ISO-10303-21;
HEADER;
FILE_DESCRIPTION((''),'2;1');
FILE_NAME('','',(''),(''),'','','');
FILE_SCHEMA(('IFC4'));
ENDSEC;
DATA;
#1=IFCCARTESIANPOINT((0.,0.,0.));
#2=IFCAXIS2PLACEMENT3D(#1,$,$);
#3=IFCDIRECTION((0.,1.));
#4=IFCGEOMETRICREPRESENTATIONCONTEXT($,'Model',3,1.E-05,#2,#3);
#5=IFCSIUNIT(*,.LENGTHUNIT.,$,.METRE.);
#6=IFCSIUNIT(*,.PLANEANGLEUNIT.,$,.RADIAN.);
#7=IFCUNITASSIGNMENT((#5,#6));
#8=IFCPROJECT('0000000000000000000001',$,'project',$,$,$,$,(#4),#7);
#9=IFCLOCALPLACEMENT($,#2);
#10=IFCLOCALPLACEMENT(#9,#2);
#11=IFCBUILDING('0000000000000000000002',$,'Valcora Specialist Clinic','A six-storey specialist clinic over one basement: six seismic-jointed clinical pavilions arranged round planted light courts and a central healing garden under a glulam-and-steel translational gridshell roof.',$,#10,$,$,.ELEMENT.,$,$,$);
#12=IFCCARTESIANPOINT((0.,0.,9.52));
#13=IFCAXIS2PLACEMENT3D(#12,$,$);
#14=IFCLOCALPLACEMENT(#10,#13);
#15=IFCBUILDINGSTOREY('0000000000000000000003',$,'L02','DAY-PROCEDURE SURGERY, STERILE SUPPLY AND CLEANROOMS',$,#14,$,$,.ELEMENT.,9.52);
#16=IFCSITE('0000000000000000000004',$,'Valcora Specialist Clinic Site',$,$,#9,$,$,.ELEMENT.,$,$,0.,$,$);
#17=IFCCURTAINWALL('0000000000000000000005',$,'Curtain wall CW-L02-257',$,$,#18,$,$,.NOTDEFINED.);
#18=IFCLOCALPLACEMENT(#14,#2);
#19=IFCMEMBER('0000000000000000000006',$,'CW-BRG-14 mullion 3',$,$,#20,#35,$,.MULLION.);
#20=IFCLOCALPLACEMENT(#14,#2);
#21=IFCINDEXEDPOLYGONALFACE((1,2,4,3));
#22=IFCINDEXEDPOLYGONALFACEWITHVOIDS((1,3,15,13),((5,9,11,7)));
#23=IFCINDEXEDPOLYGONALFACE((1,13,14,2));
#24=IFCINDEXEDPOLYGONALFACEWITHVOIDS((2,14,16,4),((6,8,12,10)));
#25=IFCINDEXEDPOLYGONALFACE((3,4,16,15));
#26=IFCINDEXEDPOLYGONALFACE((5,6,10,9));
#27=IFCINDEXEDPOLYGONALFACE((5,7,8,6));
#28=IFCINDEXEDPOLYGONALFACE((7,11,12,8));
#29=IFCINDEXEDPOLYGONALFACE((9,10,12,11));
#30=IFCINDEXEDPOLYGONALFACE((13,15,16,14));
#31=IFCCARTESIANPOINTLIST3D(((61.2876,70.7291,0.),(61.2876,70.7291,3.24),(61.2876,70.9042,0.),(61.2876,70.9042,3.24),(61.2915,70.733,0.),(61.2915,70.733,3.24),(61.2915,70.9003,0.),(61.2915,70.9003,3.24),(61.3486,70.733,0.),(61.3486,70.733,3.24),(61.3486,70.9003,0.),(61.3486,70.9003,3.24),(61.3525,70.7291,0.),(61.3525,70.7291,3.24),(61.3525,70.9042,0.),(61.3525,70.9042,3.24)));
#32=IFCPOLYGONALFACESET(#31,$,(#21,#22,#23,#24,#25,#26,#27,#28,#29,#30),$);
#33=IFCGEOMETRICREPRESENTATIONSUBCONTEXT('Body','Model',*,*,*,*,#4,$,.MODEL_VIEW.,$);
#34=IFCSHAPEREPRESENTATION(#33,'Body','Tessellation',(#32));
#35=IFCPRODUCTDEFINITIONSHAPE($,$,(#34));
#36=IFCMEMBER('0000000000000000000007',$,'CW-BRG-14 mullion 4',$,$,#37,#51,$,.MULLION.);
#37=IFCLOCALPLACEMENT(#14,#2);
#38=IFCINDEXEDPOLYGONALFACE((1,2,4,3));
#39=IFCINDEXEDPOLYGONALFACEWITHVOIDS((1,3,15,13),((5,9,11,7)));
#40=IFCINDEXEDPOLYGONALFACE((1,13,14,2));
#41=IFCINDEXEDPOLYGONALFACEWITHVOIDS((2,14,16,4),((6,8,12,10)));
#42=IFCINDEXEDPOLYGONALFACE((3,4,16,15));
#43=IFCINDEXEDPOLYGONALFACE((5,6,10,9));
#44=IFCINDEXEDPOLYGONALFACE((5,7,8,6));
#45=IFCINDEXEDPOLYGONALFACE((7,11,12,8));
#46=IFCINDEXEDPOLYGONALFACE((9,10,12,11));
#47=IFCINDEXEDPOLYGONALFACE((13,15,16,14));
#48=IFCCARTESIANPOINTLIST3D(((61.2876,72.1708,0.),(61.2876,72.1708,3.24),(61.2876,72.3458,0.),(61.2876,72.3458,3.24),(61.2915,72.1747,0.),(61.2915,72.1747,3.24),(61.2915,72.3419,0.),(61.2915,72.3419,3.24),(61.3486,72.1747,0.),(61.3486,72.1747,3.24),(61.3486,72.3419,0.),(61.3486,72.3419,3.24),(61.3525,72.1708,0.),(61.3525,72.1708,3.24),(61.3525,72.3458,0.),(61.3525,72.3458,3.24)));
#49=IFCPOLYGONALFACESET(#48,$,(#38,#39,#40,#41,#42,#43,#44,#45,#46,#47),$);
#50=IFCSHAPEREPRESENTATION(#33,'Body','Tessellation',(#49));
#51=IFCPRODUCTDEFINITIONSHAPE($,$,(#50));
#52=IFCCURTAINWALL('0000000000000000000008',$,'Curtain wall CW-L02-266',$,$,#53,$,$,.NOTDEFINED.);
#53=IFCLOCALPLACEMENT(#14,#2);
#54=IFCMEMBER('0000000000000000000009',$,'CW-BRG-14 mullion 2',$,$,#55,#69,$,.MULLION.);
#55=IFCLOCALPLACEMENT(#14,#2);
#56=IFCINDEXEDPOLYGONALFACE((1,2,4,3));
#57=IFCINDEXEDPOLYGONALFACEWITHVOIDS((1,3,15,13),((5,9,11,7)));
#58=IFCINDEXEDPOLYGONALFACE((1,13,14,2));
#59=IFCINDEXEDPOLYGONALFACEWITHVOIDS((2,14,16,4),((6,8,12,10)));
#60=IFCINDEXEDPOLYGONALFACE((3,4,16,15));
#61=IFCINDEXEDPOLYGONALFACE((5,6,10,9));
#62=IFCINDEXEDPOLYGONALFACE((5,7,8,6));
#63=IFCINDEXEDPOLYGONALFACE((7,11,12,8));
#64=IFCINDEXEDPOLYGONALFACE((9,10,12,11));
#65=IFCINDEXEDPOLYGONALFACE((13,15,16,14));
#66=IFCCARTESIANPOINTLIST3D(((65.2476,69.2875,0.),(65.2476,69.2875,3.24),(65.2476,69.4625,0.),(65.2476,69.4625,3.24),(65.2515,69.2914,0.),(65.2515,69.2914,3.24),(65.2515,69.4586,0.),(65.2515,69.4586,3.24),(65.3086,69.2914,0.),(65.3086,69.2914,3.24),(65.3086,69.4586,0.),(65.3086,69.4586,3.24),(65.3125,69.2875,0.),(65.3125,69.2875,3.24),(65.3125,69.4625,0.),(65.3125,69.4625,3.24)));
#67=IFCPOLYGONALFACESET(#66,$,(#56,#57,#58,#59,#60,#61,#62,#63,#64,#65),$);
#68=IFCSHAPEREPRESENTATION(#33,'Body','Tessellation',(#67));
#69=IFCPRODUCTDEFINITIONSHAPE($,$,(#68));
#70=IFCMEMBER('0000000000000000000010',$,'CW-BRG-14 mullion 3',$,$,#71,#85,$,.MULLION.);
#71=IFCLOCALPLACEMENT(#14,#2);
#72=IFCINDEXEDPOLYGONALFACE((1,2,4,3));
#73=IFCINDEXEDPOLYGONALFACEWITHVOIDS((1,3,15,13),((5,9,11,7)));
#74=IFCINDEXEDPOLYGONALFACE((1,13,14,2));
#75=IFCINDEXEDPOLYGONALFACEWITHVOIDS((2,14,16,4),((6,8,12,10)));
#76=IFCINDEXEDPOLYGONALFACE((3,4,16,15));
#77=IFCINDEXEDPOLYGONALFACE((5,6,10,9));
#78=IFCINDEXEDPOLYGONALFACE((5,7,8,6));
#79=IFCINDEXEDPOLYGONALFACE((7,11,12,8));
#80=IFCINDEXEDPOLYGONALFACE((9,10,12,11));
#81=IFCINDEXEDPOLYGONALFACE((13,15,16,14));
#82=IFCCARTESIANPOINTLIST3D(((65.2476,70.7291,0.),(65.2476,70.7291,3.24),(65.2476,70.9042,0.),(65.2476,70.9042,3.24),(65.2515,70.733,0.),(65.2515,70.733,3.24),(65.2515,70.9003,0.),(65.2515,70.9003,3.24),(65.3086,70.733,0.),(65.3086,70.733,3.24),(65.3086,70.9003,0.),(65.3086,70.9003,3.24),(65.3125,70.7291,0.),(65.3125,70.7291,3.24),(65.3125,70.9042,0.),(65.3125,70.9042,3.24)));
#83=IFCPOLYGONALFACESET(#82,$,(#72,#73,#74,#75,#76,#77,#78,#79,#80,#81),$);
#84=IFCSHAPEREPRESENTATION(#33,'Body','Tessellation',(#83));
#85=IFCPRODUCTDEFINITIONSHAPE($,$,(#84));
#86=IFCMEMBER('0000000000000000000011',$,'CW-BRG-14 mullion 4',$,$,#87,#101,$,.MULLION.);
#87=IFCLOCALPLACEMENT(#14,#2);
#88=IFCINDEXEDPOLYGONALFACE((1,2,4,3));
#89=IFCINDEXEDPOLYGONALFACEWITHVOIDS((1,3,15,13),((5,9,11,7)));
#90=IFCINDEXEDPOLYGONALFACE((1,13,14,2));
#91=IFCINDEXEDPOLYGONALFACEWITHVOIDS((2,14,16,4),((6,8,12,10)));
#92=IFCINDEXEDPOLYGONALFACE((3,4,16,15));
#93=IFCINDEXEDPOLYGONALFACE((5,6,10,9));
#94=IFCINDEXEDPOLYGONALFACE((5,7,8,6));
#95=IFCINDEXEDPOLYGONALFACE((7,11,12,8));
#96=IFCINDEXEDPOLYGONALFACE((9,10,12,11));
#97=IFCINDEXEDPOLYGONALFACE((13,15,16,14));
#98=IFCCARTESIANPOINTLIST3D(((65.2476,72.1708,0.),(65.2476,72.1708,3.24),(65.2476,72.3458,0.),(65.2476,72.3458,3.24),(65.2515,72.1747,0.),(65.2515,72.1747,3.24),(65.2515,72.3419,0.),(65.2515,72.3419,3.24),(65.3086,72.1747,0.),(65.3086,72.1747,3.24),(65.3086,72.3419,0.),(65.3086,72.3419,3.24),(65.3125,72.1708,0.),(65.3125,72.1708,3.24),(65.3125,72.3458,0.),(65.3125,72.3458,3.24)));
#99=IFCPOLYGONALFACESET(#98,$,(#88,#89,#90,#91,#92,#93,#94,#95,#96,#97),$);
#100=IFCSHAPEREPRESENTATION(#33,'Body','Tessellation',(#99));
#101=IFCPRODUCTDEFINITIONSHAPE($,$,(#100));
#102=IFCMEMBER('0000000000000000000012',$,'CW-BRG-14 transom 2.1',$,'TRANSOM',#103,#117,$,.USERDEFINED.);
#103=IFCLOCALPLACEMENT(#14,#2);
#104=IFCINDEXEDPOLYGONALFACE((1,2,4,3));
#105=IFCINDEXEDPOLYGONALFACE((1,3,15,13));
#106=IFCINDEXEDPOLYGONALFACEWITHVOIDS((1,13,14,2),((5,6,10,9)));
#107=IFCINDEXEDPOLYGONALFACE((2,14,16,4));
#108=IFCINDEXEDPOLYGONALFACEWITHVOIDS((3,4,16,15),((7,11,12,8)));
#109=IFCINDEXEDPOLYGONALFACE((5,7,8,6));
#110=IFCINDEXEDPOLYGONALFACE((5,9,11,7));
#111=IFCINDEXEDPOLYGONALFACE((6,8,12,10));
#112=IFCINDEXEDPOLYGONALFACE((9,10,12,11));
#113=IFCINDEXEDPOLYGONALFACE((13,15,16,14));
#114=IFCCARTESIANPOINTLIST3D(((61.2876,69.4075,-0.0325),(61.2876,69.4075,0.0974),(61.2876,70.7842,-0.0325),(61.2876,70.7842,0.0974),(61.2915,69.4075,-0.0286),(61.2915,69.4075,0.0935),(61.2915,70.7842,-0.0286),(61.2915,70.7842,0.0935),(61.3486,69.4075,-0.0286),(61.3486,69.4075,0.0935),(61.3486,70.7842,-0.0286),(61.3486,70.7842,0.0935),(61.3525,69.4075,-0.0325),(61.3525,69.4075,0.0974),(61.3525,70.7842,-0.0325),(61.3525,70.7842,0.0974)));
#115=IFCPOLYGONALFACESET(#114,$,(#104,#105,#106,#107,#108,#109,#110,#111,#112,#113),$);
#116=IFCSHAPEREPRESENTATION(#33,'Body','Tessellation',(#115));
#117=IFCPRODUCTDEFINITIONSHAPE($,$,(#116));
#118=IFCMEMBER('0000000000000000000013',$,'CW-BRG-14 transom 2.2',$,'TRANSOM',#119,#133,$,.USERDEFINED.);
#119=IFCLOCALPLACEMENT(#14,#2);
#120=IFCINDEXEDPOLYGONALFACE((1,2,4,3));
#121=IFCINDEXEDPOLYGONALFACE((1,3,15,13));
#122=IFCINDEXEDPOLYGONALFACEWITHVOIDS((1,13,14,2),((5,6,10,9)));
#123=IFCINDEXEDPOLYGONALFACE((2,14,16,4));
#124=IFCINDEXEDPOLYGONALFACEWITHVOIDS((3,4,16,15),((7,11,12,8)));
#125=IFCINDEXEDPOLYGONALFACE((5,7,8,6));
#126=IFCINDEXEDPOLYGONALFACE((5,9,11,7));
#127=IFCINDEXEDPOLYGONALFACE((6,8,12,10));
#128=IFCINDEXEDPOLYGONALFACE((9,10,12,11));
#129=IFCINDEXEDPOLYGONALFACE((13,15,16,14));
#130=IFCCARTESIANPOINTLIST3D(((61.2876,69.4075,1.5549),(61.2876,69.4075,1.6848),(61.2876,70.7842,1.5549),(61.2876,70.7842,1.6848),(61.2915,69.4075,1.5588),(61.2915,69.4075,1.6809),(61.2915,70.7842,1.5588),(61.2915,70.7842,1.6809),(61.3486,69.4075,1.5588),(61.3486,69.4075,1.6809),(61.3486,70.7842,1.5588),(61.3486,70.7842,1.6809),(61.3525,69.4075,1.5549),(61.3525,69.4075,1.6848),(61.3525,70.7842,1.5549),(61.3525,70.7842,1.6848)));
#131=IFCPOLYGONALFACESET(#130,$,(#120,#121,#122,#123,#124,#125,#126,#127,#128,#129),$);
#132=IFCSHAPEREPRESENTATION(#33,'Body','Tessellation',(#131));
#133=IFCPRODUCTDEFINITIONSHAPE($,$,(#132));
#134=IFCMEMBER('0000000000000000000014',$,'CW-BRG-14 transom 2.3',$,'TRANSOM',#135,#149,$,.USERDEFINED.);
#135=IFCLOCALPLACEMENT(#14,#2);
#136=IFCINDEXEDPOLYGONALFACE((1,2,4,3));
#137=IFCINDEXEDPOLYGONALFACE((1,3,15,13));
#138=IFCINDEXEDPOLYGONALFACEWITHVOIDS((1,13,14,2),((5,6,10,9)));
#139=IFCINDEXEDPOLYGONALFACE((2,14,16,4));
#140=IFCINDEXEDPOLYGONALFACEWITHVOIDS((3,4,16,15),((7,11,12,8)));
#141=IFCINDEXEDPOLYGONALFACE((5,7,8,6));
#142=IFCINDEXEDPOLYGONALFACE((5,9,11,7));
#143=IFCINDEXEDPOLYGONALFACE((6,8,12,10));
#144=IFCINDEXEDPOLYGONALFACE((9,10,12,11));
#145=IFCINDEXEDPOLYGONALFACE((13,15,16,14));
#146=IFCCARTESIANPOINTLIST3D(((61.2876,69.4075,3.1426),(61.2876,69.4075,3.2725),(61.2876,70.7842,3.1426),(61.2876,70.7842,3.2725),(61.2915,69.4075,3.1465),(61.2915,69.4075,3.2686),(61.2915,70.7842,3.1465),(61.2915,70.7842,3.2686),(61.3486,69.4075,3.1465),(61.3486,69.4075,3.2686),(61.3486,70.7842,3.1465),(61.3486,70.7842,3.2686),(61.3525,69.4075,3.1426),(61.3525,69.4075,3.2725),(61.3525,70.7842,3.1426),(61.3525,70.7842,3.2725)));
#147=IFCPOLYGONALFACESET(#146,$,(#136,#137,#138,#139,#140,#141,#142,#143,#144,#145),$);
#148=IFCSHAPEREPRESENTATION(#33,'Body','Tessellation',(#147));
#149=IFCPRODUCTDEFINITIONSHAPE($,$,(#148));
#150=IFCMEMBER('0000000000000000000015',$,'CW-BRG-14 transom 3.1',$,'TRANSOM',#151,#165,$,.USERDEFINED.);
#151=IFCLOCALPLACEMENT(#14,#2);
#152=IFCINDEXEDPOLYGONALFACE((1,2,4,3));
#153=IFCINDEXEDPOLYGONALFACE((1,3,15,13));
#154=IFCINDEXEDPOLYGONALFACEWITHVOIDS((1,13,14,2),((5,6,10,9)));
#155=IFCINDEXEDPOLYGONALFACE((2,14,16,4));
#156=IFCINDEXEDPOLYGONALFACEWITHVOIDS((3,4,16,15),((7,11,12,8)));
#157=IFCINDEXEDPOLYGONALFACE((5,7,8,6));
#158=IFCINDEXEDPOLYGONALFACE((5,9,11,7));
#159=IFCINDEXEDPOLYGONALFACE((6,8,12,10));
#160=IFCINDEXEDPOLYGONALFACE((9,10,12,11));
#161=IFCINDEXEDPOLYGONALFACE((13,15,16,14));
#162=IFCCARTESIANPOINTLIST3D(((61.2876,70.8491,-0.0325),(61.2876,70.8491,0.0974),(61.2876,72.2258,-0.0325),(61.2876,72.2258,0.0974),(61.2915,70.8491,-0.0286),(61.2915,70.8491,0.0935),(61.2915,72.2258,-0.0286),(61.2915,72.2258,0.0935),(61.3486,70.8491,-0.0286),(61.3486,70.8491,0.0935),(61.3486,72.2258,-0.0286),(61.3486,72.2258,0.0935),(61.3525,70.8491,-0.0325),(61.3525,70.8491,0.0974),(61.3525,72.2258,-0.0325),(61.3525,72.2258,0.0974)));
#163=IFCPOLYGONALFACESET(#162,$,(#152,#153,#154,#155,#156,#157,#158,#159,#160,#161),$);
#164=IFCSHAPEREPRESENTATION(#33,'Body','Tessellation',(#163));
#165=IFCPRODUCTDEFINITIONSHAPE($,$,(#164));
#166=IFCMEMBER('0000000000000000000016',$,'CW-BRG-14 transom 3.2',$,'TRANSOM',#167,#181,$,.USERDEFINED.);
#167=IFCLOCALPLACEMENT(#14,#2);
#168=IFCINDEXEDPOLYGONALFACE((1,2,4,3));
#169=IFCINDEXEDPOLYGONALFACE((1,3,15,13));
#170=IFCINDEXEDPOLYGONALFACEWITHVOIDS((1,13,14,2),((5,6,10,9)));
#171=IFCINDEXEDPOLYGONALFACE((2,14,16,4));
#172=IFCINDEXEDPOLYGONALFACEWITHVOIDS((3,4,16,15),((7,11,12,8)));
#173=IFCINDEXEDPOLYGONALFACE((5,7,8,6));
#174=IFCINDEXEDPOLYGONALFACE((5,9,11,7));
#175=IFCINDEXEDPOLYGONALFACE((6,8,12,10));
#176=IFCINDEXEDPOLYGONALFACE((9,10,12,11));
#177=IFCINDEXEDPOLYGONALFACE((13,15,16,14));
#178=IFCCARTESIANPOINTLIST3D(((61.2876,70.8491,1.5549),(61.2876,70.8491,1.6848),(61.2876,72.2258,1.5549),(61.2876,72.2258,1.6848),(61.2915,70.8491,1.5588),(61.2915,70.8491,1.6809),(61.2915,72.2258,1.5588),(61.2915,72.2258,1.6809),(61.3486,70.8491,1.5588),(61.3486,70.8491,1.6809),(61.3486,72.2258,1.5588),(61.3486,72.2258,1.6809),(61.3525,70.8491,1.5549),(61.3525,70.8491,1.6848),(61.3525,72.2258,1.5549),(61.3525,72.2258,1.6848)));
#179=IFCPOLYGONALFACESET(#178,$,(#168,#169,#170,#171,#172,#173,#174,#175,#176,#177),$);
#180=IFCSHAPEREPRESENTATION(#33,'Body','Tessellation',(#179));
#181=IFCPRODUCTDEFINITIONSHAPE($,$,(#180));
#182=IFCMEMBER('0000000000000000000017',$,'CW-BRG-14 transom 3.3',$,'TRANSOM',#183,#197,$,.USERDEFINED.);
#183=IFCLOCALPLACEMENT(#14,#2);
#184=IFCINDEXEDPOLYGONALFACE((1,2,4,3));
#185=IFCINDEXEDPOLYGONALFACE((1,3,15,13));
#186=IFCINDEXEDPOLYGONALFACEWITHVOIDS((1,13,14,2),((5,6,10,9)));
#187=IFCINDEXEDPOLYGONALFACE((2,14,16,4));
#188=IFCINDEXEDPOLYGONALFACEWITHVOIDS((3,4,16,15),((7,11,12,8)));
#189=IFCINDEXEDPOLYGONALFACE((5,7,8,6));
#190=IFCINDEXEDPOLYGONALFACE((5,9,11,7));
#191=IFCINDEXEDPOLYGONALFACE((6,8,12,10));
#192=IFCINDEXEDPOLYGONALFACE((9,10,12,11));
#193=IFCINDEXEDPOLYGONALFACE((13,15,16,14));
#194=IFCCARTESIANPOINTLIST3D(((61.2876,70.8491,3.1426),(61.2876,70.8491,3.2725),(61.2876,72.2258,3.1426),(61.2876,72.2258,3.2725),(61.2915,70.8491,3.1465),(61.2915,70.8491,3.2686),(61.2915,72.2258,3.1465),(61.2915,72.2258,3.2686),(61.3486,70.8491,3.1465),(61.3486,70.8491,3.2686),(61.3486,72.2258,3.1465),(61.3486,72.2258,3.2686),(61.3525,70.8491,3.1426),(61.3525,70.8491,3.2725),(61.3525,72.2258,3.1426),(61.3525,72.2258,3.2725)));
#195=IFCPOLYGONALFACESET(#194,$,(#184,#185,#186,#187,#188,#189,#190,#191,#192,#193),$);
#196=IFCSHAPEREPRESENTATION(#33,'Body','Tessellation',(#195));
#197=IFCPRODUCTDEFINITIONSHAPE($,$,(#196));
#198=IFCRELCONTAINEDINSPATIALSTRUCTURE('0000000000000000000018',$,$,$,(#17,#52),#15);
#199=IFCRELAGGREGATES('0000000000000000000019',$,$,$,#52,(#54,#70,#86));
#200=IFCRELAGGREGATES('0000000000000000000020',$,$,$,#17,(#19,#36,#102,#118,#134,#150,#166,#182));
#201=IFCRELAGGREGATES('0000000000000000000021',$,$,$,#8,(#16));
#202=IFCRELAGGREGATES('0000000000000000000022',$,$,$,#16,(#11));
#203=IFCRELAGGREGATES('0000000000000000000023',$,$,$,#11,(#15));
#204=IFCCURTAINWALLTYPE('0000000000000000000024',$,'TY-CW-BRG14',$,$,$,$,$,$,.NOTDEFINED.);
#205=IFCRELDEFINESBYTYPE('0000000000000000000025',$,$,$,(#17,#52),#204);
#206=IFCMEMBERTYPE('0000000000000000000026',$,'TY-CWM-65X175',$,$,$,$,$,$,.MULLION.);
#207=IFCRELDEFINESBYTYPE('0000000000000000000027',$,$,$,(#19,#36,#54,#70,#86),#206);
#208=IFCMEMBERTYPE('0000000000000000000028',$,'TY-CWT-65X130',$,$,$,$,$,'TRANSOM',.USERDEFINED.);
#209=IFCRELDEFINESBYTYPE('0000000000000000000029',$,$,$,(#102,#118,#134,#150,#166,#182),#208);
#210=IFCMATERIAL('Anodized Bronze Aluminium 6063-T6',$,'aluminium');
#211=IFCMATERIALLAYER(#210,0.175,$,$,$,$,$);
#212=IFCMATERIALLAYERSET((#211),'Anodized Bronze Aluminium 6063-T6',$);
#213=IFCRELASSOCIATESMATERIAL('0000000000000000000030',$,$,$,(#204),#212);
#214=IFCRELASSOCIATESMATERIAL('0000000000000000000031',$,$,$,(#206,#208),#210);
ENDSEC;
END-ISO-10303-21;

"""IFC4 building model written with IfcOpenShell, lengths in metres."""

from ifc_helpers import new_model, si_unit, direction, frame, origin, origin_2d, place, context, subcontext, project, spatial, hollow_rectangle, extrude, material, layer, layer_set, material_profile, profile_set, type_object, element, aggregate, save


model = new_model("IFC4")

# Units and contexts
model_context = context("Model", 3, precision=1e-05, world=origin(), true_north=direction((0.0, 1.0)))
body_context = subcontext(model_context, "Body", "Model", "MODEL_VIEW")
ifc_project = project(units=[si_unit("LENGTHUNIT", "METRE"), si_unit("PLANEANGLEUNIT", "RADIAN")], contexts=[model_context])

# Site, building, storey
site_placement = place(None, origin())
site = spatial("IfcSite", under=ifc_project, at=site_placement, Name="Valcora Specialist Clinic Site", CompositionType="ELEMENT", RefElevation=0.0)
building_placement = place(site_placement, origin())
building = spatial("IfcBuilding", under=site, at=building_placement, Name="Valcora Specialist Clinic", Description="A six-storey specialist clinic over one basement: six seismic-jointed clinical pavilions arranged round planted light courts and a central healing garden under a glulam-and-steel translational gridshell roof.", CompositionType="ELEMENT")
storey_placement = place(building_placement, frame((0.0, 0.0, 9.52)))
storey = spatial("IfcBuildingStorey", under=building, at=storey_placement, Name="L02", Description="DAY-PROCEDURE SURGERY, STERILE SUPPLY AND CLEANROOMS", CompositionType="ELEMENT", Elevation=9.52)

# Curtain walls, members
ifc_material_1 = material(Name="Anodized Bronze Aluminium 6063-T6", Category="aluminium")
ifc_layer_1 = layer(ifc_material_1, 0.175)
ifc_layer_set_1 = layer_set([ifc_layer_1], Name="Anodized Bronze Aluminium 6063-T6")
curtain_wall_type = type_object("IfcCurtainWallType", Name="TY-CW-BRG14", PredefinedType="NOTDEFINED", material=ifc_layer_set_1)
curtain_wall_1_placement = place(storey_placement, origin())
curtain_wall_1 = element("IfcCurtainWall", 1, at=curtain_wall_1_placement, inside=storey, type_object=curtain_wall_type, Name="Curtain wall CW-L02-257", PredefinedType="NOTDEFINED")
ifc_material_profile_1 = material_profile(ifc_material_1, hollow_rectangle(XDim=0.0649, YDim=0.175, WallThickness=0.0039, at=origin_2d()), Name="AL-MUL-65X175")
ifc_profile_set_1 = profile_set([ifc_material_profile_1], Name="Anodized Bronze Aluminium 6063-T6")
member_type_1 = type_object("IfcMemberType", Name="TY-CWM-65X175", PredefinedType="MULLION", material=ifc_profile_set_1)
member_1_placement = place(storey_placement, frame((61.3201, 70.8167, 0.0), z_axis=(0.0, 0.0, 1.0), x_axis=(-1.0, 0.0, 0.0)))
member_1 = element("IfcMember", 2, at=member_1_placement, type_object=member_type_1, Name="CW-BRG-14 mullion 3", PredefinedType="MULLION", context=body_context, shape_type="SweptSolid", body=[
    extrude(hollow_rectangle(XDim=0.0649, YDim=0.175, WallThickness=0.0039, at=origin_2d()), origin(), (0.0, 0.0, 1.0), 3.24),
])
member_2_placement = place(storey_placement, frame((61.3201, 72.2583, 0.0), z_axis=(0.0, 0.0, 1.0), x_axis=(-1.0, 0.0, 0.0)))
member_2 = element("IfcMember", 3, at=member_2_placement, type_object=member_type_1, Name="CW-BRG-14 mullion 4", PredefinedType="MULLION", context=body_context, shape_type="SweptSolid", body=[
    extrude(hollow_rectangle(XDim=0.0649, YDim=0.175, WallThickness=0.0039, at=origin_2d()), origin(), (0.0, 0.0, 1.0), 3.24),
])
curtain_wall_2_placement = place(storey_placement, origin())
curtain_wall_2 = element("IfcCurtainWall", 4, at=curtain_wall_2_placement, inside=storey, type_object=curtain_wall_type, Name="Curtain wall CW-L02-266", PredefinedType="NOTDEFINED")
member_3_placement = place(storey_placement, frame((65.28, 69.375, 0.0), z_axis=(0.0, 0.0, 1.0), x_axis=(-1.0, 0.0, 0.0)))
member_3 = element("IfcMember", 5, at=member_3_placement, type_object=member_type_1, Name="CW-BRG-14 mullion 2", PredefinedType="MULLION", context=body_context, shape_type="SweptSolid", body=[
    extrude(hollow_rectangle(XDim=0.0649, YDim=0.175, WallThickness=0.0039, at=origin_2d()), origin(), (0.0, 0.0, 1.0), 3.24),
])
member_4_placement = place(storey_placement, frame((65.28, 70.8167, 0.0), z_axis=(0.0, 0.0, 1.0), x_axis=(-1.0, 0.0, 0.0)))
member_4 = element("IfcMember", 6, at=member_4_placement, type_object=member_type_1, Name="CW-BRG-14 mullion 3", PredefinedType="MULLION", context=body_context, shape_type="SweptSolid", body=[
    extrude(hollow_rectangle(XDim=0.0649, YDim=0.175, WallThickness=0.0039, at=origin_2d()), origin(), (0.0, 0.0, 1.0), 3.24),
])
member_5_placement = place(storey_placement, frame((65.28, 72.2583, 0.0), z_axis=(0.0, 0.0, 1.0), x_axis=(-1.0, 0.0, 0.0)))
member_5 = element("IfcMember", 7, at=member_5_placement, type_object=member_type_1, Name="CW-BRG-14 mullion 4", PredefinedType="MULLION", context=body_context, shape_type="SweptSolid", body=[
    extrude(hollow_rectangle(XDim=0.0649, YDim=0.175, WallThickness=0.0039, at=origin_2d()), origin(), (0.0, 0.0, 1.0), 3.24),
])

# Members
ifc_material_profile_2 = material_profile(ifc_material_1, hollow_rectangle(XDim=0.0649, YDim=0.1299, WallThickness=0.0039, at=origin_2d()), Name="AL-TRN-65X130")
ifc_profile_set_2 = profile_set([ifc_material_profile_2], Name="Anodized Bronze Aluminium 6063-T6")
member_type_2 = type_object("IfcMemberType", Name="TY-CWT-65X130", ElementType="TRANSOM", PredefinedType="USERDEFINED", material=ifc_profile_set_2)
member_6_placement = place(storey_placement, frame((61.3201, 69.4075, 0.0325), z_axis=(0.0, 1.0, 0.0), x_axis=(-1.0, 0.0, 0.0)))
member_6 = element("IfcMember", 8, at=member_6_placement, type_object=member_type_2, Name="CW-BRG-14 transom 2.1", ObjectType="TRANSOM", PredefinedType="USERDEFINED", context=body_context, shape_type="SweptSolid", body=[
    extrude(hollow_rectangle(XDim=0.0649, YDim=0.1299, WallThickness=0.0039, at=origin_2d()), origin(), (0.0, 0.0, 1.0), 1.3767),
])
member_7_placement = place(storey_placement, frame((61.3201, 69.4075, 1.6199), z_axis=(0.0, 1.0, 0.0), x_axis=(-1.0, 0.0, 0.0)))
member_7 = element("IfcMember", 9, at=member_7_placement, type_object=member_type_2, Name="CW-BRG-14 transom 2.2", ObjectType="TRANSOM", PredefinedType="USERDEFINED", context=body_context, shape_type="SweptSolid", body=[
    extrude(hollow_rectangle(XDim=0.0649, YDim=0.1299, WallThickness=0.0039, at=origin_2d()), origin(), (0.0, 0.0, 1.0), 1.3767),
])
member_8_placement = place(storey_placement, frame((61.3201, 69.4075, 3.2075), z_axis=(0.0, 1.0, 0.0), x_axis=(-1.0, 0.0, 0.0)))
member_8 = element("IfcMember", 10, at=member_8_placement, type_object=member_type_2, Name="CW-BRG-14 transom 2.3", ObjectType="TRANSOM", PredefinedType="USERDEFINED", context=body_context, shape_type="SweptSolid", body=[
    extrude(hollow_rectangle(XDim=0.0649, YDim=0.1299, WallThickness=0.0039, at=origin_2d()), origin(), (0.0, 0.0, 1.0), 1.3767),
])
member_9_placement = place(storey_placement, frame((61.3201, 70.8491, 0.0325), z_axis=(0.0, 1.0, 0.0), x_axis=(-1.0, 0.0, 0.0)))
member_9 = element("IfcMember", 11, at=member_9_placement, type_object=member_type_2, Name="CW-BRG-14 transom 3.1", ObjectType="TRANSOM", PredefinedType="USERDEFINED", context=body_context, shape_type="SweptSolid", body=[
    extrude(hollow_rectangle(XDim=0.0649, YDim=0.1299, WallThickness=0.0039, at=origin_2d()), origin(), (0.0, 0.0, 1.0), 1.3767),
])
member_10_placement = place(storey_placement, frame((61.3201, 70.8491, 1.6199), z_axis=(0.0, 1.0, 0.0), x_axis=(-1.0, 0.0, 0.0)))
member_10 = element("IfcMember", 12, at=member_10_placement, type_object=member_type_2, Name="CW-BRG-14 transom 3.2", ObjectType="TRANSOM", PredefinedType="USERDEFINED", context=body_context, shape_type="SweptSolid", body=[
    extrude(hollow_rectangle(XDim=0.0649, YDim=0.1299, WallThickness=0.0039, at=origin_2d()), origin(), (0.0, 0.0, 1.0), 1.3767),
])
member_11_placement = place(storey_placement, frame((61.3201, 70.8491, 3.2075), z_axis=(0.0, 1.0, 0.0), x_axis=(-1.0, 0.0, 0.0)))
member_11 = element("IfcMember", 13, at=member_11_placement, type_object=member_type_2, Name="CW-BRG-14 transom 3.3", ObjectType="TRANSOM", PredefinedType="USERDEFINED", context=body_context, shape_type="SweptSolid", body=[
    extrude(hollow_rectangle(XDim=0.0649, YDim=0.1299, WallThickness=0.0039, at=origin_2d()), origin(), (0.0, 0.0, 1.0), 1.3767),
])

aggregate(curtain_wall_2, [member_3, member_4, member_5])
aggregate(curtain_wall_1, [member_1, member_2, member_6, member_7, member_8, member_9, member_10, member_11])

save(model, "model.ifc")
